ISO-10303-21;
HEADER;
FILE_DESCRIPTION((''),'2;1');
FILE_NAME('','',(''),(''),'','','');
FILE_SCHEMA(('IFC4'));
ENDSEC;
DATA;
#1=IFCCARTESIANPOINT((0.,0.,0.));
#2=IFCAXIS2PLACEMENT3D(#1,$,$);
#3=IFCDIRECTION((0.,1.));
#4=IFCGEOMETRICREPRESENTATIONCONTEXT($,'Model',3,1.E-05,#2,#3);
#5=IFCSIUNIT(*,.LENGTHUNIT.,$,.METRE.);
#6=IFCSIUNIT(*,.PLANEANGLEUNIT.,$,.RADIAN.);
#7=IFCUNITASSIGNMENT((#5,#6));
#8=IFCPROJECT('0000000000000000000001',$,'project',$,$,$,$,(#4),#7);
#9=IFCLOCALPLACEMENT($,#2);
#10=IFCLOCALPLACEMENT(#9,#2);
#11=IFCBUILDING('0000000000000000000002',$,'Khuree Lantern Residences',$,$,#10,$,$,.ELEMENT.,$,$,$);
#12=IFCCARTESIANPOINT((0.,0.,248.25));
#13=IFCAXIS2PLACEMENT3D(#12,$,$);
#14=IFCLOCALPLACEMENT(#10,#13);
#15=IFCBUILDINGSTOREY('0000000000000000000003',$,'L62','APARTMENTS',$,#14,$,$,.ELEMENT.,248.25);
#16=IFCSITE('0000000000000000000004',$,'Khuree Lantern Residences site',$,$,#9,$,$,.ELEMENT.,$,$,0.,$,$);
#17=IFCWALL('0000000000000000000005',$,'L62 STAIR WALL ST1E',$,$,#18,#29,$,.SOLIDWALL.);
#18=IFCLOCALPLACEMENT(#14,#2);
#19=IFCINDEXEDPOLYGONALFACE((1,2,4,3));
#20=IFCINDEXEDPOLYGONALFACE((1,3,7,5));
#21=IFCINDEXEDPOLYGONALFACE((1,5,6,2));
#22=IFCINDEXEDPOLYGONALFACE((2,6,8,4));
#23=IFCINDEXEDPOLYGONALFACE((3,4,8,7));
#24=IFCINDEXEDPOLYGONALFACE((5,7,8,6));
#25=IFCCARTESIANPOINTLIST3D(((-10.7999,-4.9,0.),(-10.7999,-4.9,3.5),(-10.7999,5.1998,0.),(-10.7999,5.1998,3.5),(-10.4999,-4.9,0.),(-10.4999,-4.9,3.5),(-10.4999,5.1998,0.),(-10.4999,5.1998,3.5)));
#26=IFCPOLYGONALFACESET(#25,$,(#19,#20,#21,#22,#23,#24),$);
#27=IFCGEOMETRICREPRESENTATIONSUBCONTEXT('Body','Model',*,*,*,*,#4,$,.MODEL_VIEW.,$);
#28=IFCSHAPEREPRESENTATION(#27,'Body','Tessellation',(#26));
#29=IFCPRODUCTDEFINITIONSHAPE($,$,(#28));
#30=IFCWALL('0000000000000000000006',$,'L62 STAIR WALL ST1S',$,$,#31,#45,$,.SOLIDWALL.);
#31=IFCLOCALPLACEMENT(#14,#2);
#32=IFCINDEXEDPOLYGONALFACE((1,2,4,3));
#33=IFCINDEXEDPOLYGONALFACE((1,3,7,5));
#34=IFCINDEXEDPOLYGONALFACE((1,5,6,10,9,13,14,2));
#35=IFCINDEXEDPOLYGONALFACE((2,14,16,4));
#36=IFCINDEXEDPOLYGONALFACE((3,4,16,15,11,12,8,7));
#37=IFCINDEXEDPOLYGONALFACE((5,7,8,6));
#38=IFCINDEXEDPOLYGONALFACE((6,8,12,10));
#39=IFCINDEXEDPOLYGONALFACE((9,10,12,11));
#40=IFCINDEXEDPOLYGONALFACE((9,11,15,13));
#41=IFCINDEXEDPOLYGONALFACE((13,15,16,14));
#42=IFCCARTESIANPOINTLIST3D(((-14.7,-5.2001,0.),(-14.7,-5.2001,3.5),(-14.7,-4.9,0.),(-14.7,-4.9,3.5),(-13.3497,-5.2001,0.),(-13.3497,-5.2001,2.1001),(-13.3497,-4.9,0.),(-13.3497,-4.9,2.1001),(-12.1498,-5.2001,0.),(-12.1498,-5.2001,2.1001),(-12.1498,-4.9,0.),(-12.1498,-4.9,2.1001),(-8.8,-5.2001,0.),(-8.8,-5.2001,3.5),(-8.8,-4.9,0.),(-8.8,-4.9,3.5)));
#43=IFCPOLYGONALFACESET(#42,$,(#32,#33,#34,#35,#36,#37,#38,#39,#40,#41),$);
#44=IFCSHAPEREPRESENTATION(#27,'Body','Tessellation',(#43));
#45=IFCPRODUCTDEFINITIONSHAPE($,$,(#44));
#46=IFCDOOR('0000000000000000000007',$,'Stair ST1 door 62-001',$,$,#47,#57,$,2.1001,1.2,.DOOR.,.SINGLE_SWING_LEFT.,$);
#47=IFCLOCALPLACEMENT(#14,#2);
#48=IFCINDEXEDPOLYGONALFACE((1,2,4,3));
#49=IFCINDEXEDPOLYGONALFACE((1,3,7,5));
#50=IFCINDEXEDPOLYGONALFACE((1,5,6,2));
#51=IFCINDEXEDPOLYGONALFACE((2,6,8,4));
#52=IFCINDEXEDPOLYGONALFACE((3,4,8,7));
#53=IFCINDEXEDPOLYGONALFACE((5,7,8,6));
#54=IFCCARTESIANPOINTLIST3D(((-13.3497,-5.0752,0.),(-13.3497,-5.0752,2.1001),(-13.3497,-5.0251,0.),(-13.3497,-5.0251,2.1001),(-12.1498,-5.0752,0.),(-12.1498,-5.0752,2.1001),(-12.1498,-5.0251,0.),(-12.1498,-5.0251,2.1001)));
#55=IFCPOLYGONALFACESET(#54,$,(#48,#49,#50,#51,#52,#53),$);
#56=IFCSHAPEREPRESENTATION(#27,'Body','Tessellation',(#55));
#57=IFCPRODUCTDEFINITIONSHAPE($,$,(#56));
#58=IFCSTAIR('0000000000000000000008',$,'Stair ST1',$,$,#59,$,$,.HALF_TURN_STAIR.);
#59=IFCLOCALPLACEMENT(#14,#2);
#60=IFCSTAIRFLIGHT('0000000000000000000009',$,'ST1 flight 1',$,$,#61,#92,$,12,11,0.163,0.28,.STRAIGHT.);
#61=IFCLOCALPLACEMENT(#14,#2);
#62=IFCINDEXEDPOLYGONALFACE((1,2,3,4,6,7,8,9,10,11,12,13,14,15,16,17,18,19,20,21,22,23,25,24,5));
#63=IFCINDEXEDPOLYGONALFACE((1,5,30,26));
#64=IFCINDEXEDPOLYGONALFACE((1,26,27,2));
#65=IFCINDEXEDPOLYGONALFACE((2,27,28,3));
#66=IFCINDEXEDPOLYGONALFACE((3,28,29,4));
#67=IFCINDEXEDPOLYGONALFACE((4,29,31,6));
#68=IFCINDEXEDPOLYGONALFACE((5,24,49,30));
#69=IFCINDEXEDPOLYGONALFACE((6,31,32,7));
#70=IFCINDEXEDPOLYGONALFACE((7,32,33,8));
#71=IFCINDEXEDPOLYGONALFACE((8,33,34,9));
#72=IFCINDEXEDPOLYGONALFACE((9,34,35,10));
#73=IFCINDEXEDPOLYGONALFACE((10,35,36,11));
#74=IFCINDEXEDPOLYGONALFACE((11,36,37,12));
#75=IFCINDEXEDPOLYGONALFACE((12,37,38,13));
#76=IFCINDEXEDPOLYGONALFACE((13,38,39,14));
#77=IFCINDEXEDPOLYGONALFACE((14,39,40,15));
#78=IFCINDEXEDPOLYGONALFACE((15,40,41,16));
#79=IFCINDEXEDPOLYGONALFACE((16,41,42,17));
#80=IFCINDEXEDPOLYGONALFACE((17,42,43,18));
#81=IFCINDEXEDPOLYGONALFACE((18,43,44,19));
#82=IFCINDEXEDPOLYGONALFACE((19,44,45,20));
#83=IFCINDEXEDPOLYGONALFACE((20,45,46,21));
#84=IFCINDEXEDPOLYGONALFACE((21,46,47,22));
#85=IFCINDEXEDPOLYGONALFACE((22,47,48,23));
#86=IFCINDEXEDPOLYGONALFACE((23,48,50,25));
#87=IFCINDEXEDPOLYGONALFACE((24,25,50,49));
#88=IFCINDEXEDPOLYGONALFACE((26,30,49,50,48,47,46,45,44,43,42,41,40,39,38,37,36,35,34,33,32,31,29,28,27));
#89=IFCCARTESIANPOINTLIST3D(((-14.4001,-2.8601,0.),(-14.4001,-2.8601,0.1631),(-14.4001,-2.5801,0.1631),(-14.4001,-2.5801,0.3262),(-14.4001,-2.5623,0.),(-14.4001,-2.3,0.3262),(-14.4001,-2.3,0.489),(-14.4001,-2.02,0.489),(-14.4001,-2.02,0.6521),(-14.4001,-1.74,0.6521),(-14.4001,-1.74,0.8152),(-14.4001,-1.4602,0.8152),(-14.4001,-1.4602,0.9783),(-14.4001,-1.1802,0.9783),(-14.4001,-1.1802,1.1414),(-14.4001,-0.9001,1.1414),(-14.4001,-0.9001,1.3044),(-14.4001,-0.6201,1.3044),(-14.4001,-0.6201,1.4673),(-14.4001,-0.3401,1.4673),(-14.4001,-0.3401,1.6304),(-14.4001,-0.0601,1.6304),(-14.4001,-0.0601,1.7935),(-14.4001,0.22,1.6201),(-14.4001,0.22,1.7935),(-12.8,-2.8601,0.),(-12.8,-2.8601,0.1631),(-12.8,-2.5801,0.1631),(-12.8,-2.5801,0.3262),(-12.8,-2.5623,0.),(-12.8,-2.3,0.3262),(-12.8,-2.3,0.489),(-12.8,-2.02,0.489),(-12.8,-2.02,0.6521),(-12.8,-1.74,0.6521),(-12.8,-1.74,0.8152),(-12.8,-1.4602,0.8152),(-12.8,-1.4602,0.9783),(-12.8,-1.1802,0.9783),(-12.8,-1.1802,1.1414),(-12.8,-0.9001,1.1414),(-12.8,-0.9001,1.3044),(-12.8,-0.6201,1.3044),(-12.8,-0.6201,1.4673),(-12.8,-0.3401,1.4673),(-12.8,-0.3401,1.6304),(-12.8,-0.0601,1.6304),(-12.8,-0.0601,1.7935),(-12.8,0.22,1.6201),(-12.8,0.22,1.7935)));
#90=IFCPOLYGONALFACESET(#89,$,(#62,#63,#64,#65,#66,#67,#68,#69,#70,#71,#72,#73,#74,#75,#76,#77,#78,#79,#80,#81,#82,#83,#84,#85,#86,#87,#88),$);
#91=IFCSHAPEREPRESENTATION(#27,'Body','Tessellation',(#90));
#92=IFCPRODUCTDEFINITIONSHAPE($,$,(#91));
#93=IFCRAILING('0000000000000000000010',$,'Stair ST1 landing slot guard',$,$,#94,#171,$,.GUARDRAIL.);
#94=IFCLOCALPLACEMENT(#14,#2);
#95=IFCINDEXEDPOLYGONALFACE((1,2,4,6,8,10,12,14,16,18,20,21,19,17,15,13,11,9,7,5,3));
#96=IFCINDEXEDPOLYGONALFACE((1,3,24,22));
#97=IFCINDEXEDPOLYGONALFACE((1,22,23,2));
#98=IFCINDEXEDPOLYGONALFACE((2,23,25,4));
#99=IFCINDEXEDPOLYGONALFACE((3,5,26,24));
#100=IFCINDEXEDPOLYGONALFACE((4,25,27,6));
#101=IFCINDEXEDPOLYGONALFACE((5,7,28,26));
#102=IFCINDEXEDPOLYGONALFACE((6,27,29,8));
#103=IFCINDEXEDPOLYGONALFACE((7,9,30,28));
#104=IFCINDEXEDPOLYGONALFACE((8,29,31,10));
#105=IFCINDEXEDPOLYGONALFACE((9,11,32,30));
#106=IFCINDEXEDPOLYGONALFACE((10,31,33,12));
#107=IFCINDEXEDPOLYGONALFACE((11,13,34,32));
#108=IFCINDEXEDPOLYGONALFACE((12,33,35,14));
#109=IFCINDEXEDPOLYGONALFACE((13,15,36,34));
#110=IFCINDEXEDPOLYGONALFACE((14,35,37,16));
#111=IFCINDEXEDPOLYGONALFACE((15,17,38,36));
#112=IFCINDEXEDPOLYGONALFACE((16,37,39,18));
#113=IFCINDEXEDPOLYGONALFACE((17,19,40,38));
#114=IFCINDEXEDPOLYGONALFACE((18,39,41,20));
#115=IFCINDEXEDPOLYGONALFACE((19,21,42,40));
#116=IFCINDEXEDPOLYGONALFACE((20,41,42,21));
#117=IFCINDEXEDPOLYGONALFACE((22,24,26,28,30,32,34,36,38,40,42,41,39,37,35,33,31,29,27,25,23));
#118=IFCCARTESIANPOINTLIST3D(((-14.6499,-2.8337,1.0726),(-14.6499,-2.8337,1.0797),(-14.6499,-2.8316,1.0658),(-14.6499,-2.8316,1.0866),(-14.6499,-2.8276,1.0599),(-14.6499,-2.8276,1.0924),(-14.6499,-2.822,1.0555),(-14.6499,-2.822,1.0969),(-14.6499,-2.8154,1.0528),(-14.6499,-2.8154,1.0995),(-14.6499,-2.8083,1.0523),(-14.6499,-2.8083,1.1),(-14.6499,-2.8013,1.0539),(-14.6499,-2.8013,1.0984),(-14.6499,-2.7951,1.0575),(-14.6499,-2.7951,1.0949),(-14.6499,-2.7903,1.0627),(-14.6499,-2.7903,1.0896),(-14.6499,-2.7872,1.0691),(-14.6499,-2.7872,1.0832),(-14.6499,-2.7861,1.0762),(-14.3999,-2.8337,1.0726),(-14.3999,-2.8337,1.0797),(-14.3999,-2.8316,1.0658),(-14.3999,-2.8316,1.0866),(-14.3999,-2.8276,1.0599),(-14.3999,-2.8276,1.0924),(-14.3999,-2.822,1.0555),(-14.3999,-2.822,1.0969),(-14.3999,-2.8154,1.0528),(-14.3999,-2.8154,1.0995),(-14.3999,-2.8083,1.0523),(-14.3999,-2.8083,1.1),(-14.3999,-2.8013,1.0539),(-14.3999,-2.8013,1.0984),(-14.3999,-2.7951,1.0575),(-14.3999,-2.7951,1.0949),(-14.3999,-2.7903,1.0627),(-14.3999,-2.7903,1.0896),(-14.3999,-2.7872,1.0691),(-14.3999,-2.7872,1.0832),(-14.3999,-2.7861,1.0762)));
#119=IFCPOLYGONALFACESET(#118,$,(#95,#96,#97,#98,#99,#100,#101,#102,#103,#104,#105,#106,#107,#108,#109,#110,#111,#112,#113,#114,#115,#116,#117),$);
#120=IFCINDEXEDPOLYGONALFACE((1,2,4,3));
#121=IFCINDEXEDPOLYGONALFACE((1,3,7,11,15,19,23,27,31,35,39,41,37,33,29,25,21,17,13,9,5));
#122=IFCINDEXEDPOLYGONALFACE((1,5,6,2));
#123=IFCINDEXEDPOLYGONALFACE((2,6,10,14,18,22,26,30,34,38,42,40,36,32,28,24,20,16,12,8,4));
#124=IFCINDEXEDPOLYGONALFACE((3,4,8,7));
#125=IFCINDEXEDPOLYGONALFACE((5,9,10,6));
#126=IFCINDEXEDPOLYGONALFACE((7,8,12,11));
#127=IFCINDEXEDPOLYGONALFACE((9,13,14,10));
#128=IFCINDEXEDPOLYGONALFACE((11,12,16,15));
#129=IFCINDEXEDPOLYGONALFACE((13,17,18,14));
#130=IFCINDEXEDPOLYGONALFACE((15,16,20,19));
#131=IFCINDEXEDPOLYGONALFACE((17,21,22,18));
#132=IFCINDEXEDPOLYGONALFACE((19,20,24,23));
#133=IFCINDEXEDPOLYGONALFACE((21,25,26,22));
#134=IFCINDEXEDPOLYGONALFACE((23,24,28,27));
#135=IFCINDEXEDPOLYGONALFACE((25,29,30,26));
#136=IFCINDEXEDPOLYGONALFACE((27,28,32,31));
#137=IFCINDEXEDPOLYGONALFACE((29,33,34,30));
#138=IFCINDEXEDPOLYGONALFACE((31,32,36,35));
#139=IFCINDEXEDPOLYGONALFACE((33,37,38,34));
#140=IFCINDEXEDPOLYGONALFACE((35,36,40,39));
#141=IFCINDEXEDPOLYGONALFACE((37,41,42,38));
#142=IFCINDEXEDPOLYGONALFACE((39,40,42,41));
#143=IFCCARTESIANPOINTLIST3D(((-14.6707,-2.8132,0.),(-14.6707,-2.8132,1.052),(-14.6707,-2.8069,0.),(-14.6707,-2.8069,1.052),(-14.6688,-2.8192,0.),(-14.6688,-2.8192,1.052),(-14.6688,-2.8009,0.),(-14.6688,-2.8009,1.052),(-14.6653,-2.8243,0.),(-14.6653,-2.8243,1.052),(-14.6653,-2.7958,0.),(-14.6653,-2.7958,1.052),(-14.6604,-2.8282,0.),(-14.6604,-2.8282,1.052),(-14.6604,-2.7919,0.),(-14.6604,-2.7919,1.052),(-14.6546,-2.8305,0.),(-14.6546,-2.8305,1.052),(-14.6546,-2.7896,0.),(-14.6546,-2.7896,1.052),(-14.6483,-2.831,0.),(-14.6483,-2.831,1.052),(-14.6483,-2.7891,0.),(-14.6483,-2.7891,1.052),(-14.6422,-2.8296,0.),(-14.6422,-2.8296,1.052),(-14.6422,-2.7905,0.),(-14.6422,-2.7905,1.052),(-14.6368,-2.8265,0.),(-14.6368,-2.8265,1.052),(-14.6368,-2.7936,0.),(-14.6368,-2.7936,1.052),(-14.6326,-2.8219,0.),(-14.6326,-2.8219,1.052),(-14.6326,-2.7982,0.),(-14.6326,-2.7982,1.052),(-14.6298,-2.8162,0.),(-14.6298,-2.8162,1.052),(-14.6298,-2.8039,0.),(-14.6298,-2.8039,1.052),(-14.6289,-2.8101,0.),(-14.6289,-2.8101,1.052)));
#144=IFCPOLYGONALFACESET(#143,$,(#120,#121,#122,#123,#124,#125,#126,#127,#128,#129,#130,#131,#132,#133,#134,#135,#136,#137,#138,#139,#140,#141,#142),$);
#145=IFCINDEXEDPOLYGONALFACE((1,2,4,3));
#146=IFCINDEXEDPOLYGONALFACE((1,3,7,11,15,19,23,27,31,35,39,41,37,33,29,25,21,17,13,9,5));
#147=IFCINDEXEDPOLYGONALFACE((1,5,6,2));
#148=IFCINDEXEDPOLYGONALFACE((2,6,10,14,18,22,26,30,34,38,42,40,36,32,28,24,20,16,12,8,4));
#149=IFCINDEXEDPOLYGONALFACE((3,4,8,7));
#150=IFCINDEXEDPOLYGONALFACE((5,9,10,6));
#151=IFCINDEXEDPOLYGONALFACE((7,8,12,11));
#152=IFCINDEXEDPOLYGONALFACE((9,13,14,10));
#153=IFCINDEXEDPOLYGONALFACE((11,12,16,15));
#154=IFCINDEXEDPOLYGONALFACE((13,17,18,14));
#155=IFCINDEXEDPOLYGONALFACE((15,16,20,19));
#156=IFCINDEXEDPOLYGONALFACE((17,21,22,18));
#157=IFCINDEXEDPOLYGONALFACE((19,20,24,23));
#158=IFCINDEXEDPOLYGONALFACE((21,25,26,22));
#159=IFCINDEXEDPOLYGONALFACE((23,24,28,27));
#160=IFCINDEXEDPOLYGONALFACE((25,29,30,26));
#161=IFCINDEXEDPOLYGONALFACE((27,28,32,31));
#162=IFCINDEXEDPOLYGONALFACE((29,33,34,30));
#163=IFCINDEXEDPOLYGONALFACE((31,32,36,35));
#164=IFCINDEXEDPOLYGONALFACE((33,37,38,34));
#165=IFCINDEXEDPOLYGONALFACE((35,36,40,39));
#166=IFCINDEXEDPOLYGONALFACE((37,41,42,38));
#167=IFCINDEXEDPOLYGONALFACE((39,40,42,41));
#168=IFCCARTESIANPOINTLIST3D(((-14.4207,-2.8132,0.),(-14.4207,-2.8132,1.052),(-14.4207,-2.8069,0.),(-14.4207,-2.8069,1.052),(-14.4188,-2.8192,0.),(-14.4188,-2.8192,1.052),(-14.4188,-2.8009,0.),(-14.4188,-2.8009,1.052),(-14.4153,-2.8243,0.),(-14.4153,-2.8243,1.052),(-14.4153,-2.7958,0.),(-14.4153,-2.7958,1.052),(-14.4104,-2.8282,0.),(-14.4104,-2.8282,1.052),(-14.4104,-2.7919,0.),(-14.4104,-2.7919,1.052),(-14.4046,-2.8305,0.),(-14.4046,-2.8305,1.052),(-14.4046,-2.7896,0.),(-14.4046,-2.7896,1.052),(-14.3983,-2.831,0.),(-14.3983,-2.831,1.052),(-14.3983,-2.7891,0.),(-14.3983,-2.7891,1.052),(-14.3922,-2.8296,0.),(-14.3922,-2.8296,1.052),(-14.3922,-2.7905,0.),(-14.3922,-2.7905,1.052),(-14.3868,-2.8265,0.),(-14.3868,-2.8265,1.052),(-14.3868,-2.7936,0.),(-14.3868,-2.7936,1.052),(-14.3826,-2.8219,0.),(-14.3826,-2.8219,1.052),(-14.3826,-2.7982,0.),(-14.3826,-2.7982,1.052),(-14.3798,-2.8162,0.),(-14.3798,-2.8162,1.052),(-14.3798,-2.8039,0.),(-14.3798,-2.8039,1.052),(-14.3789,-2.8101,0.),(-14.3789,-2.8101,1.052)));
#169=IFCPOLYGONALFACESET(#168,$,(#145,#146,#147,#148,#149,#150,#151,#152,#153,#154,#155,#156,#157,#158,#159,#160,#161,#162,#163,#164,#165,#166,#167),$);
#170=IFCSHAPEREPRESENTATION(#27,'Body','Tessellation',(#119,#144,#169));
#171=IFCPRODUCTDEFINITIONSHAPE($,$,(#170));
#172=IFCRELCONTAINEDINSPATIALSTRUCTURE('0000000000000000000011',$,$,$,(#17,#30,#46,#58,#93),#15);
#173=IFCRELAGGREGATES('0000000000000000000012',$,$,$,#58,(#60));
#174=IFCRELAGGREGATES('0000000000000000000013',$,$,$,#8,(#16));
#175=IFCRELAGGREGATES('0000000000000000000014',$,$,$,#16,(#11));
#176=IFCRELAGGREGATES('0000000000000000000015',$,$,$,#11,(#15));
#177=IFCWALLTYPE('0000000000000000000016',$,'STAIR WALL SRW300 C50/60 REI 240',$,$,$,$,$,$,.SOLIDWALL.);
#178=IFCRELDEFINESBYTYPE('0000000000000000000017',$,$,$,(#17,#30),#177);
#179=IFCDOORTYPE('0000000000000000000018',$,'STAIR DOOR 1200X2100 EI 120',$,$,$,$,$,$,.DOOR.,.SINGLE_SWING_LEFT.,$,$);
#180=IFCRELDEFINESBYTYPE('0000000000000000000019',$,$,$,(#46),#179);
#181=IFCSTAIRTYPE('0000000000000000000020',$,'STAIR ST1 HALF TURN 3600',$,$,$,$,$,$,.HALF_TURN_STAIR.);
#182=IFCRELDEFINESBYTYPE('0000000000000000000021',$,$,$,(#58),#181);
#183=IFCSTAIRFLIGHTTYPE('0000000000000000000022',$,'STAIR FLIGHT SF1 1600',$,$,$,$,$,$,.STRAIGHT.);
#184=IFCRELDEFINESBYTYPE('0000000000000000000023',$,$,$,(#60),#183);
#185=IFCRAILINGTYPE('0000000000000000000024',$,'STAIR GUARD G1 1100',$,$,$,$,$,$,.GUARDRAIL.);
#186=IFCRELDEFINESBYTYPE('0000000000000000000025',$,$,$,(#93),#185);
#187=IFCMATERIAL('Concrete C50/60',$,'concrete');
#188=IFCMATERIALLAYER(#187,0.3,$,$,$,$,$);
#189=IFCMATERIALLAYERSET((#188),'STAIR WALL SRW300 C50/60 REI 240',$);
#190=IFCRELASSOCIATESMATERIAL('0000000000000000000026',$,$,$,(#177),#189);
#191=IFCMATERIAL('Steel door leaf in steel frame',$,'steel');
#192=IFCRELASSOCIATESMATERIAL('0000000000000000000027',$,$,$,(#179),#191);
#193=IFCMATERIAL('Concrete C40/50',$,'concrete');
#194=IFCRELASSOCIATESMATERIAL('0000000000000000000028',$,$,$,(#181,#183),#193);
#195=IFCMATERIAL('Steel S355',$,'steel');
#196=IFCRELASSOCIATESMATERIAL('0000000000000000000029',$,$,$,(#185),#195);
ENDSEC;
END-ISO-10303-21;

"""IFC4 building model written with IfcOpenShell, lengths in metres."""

from ifc_helpers import new_model, si_unit, direction, frame, frame_2d, origin, origin_2d, place, context, subcontext, project, spatial, polyline, rectangle, circle, outline, extrude, material, layer, layer_set, type_object, element, fill, aggregate, save


model = new_model("IFC4")

# Units and contexts
model_context = context("Model", 3, precision=1e-05, world=origin(), true_north=direction((0.0, 1.0)))
body_context = subcontext(model_context, "Body", "Model", "MODEL_VIEW")
ifc_project = project(units=[si_unit("LENGTHUNIT", "METRE"), si_unit("PLANEANGLEUNIT", "RADIAN")], contexts=[model_context])

# Site, building, storey
site_placement = place(None, origin())
site = spatial("IfcSite", under=ifc_project, at=site_placement, Name="Khuree Lantern Residences site", CompositionType="ELEMENT", RefElevation=0.0)
building_placement = place(site_placement, origin())
building = spatial("IfcBuilding", under=site, at=building_placement, Name="Khuree Lantern Residences", CompositionType="ELEMENT")
storey_placement = place(building_placement, frame((0.0, 0.0, 248.25)))
storey = spatial("IfcBuildingStorey", under=building, at=storey_placement, Name="L62", Description="APARTMENTS", CompositionType="ELEMENT", Elevation=248.25)

# Shared definitions
ifc_material_1 = material(Name="Steel door leaf in steel frame", Category="steel")

# Wall
ifc_material_2 = material(Name="Concrete C50/60", Category="concrete")
ifc_layer_1 = layer(ifc_material_2, 0.3)
ifc_layer_set_1 = layer_set([ifc_layer_1], Name="STAIR WALL SRW300 C50/60 REI 240")
wall_type_1 = type_object("IfcWallType", Name="STAIR WALL SRW300 C50/60 REI 240", PredefinedType="SOLIDWALL", material=ifc_layer_set_1)
wall_1_placement = place(storey_placement, frame((-10.6499, -4.8999, 0.0), z_axis=(0.0, 0.0, 1.0), x_axis=(0.0, 1.0, 0.0)))
element("IfcWall", 1, at=wall_1_placement, inside=storey, type_object=wall_type_1, Name="L62 STAIR WALL ST1E", PredefinedType="SOLIDWALL", context=body_context, shape_type="SweptSolid", body=[
    extrude(rectangle(XDim=10.0999, YDim=0.3, at=frame_2d((5.0498, 0.0))), origin(), (0.0, 0.0, 1.0), 3.5),
])

# Wall, opening, door
wall_2_placement = place(storey_placement, frame((-14.7, -5.05, 0.0), z_axis=(0.0, 0.0, 1.0), x_axis=(1.0, 0.0, 0.0)))
wall_2 = element("IfcWall", 2, at=wall_2_placement, inside=storey, type_object=wall_type_1, Name="L62 STAIR WALL ST1S", PredefinedType="SOLIDWALL", context=body_context, shape_type="SweptSolid", body=[
    extrude(rectangle(XDim=5.8999, YDim=0.3, at=frame_2d((2.95, 0.0))), origin(), (0.0, 0.0, 1.0), 3.5),
])
opening_1_placement = place(wall_2_placement, frame((1.3501, 0.0, 0.0)))
opening_1 = element("IfcOpeningElement", 3, at=opening_1_placement, cuts=wall_2, PredefinedType="OPENING", context=body_context, shape_type="SweptSolid", body=[
    extrude(rectangle(XDim=1.2, YDim=2.1001, at=frame_2d((0.6001, 1.05))), frame((0.0, 0.1602, 0.0), z_axis=(0.0, -1.0, 0.0), x_axis=(1.0, 0.0, 0.0)), (0.0, 0.0, 1.0), 0.3201),
])
door_type_1 = type_object("IfcDoorType", Name="STAIR DOOR 1200X2100 EI 120", OperationType="SINGLE_SWING_LEFT", PredefinedType="DOOR", material=ifc_material_1)
door_1_placement = place(opening_1_placement, origin())
door_1 = element("IfcDoor", 4, at=door_1_placement, inside=storey, type_object=door_type_1, Name="Stair ST1 door 62-001", OperationType="SINGLE_SWING_LEFT", OverallHeight=2.1001, OverallWidth=1.2, PredefinedType="DOOR", context=body_context, shape_type="SweptSolid", body=[
    extrude(rectangle(XDim=1.2, YDim=2.1001, at=frame_2d((0.6001, 1.05))), frame((0.0, 0.0249, 0.0), z_axis=(0.0, -1.0, 0.0), x_axis=(1.0, 0.0, 0.0)), (0.0, 0.0, 1.0), 0.05),
])
fill(opening_1, door_1)

# Stair, stair flight
ifc_material_3 = material(Name="Concrete C40/50", Category="concrete")
stair_type = type_object("IfcStairType", Name="STAIR ST1 HALF TURN 3600", PredefinedType="HALF_TURN_STAIR", material=ifc_material_3)
stair_placement = place(storey_placement, origin())
stair = element("IfcStair", 5, at=stair_placement, inside=storey, type_object=stair_type, Name="Stair ST1", PredefinedType="HALF_TURN_STAIR")
stair_flight_type = type_object("IfcStairFlightType", Name="STAIR FLIGHT SF1 1600", PredefinedType="STRAIGHT", material=ifc_material_3)
stair_flight_placement = place(storey_placement, frame((-13.6001, -2.8601, 0.0), z_axis=(0.0, 0.0, 1.0), x_axis=(0.0, 1.0, 0.0)))
stair_flight = element("IfcStairFlight", 6, at=stair_flight_placement, type_object=stair_flight_type, Name="ST1 flight 1", NumberOfRisers=12, NumberOfTreads=11, PredefinedType="STRAIGHT", RiserHeight=0.163, TreadLength=0.28, context=body_context, shape_type="SweptSolid", body=[
    extrude(outline(polyline([(0.0, 0.0), (0.0, 0.1631), (0.28, 0.1631), (0.28, 0.3262), (0.5601, 0.3262), (0.5601, 0.489), (0.8401, 0.489), (0.8401, 0.6521), (1.1201, 0.6521), (1.1201, 0.8152), (1.3999, 0.8152), (1.3999, 0.9783), (1.6799, 0.9783), (1.6799, 1.1414), (1.96, 1.1414), (1.96, 1.3044), (2.24, 1.3044), (2.24, 1.4673), (2.52, 1.4673), (2.52, 1.6304), (2.8, 1.6304), (2.8, 1.7935), (3.0801, 1.7935), (3.0801, 1.9565), (3.0801, 1.6201), (0.2979, 0.0), (0.0, 0.0)])), frame((0.0, 0.8, 0.0), z_axis=(0.0, -1.0, 0.0), x_axis=(1.0, 0.0, 0.0)), (0.0, 0.0, 1.0), 1.6001),
])
aggregate(stair, [stair_flight])

# Railing
ifc_material_4 = material(Name="Steel S355", Category="steel")
railing_type_1 = type_object("IfcRailingType", Name="STAIR GUARD G1 1100", PredefinedType="GUARDRAIL", material=ifc_material_4)
railing_1_placement = place(storey_placement, frame((-14.6499, -2.8101, 0.0)))
element("IfcRailing", 7, at=railing_1_placement, inside=storey, type_object=railing_type_1, Name="Stair ST1 landing slot guard", PredefinedType="GUARDRAIL", context=body_context, shape_type="SweptSolid", body=[
    extrude(circle(Radius=0.0239, at=origin_2d()), frame((0.0, 0.0, 1.0762), z_axis=(1.0, 0.0, 0.0), x_axis=(0.0, 1.0, 0.0)), (0.0, 0.0, 1.0), 0.25),
    extrude(circle(Radius=0.021, at=origin_2d()), origin(), (0.0, 0.0, 1.0), 1.052),
    extrude(circle(Radius=0.021, at=origin_2d()), frame((0.25, 0.0, 0.0)), (0.0, 0.0, 1.0), 1.052),
])

save(model, "model.ifc")
